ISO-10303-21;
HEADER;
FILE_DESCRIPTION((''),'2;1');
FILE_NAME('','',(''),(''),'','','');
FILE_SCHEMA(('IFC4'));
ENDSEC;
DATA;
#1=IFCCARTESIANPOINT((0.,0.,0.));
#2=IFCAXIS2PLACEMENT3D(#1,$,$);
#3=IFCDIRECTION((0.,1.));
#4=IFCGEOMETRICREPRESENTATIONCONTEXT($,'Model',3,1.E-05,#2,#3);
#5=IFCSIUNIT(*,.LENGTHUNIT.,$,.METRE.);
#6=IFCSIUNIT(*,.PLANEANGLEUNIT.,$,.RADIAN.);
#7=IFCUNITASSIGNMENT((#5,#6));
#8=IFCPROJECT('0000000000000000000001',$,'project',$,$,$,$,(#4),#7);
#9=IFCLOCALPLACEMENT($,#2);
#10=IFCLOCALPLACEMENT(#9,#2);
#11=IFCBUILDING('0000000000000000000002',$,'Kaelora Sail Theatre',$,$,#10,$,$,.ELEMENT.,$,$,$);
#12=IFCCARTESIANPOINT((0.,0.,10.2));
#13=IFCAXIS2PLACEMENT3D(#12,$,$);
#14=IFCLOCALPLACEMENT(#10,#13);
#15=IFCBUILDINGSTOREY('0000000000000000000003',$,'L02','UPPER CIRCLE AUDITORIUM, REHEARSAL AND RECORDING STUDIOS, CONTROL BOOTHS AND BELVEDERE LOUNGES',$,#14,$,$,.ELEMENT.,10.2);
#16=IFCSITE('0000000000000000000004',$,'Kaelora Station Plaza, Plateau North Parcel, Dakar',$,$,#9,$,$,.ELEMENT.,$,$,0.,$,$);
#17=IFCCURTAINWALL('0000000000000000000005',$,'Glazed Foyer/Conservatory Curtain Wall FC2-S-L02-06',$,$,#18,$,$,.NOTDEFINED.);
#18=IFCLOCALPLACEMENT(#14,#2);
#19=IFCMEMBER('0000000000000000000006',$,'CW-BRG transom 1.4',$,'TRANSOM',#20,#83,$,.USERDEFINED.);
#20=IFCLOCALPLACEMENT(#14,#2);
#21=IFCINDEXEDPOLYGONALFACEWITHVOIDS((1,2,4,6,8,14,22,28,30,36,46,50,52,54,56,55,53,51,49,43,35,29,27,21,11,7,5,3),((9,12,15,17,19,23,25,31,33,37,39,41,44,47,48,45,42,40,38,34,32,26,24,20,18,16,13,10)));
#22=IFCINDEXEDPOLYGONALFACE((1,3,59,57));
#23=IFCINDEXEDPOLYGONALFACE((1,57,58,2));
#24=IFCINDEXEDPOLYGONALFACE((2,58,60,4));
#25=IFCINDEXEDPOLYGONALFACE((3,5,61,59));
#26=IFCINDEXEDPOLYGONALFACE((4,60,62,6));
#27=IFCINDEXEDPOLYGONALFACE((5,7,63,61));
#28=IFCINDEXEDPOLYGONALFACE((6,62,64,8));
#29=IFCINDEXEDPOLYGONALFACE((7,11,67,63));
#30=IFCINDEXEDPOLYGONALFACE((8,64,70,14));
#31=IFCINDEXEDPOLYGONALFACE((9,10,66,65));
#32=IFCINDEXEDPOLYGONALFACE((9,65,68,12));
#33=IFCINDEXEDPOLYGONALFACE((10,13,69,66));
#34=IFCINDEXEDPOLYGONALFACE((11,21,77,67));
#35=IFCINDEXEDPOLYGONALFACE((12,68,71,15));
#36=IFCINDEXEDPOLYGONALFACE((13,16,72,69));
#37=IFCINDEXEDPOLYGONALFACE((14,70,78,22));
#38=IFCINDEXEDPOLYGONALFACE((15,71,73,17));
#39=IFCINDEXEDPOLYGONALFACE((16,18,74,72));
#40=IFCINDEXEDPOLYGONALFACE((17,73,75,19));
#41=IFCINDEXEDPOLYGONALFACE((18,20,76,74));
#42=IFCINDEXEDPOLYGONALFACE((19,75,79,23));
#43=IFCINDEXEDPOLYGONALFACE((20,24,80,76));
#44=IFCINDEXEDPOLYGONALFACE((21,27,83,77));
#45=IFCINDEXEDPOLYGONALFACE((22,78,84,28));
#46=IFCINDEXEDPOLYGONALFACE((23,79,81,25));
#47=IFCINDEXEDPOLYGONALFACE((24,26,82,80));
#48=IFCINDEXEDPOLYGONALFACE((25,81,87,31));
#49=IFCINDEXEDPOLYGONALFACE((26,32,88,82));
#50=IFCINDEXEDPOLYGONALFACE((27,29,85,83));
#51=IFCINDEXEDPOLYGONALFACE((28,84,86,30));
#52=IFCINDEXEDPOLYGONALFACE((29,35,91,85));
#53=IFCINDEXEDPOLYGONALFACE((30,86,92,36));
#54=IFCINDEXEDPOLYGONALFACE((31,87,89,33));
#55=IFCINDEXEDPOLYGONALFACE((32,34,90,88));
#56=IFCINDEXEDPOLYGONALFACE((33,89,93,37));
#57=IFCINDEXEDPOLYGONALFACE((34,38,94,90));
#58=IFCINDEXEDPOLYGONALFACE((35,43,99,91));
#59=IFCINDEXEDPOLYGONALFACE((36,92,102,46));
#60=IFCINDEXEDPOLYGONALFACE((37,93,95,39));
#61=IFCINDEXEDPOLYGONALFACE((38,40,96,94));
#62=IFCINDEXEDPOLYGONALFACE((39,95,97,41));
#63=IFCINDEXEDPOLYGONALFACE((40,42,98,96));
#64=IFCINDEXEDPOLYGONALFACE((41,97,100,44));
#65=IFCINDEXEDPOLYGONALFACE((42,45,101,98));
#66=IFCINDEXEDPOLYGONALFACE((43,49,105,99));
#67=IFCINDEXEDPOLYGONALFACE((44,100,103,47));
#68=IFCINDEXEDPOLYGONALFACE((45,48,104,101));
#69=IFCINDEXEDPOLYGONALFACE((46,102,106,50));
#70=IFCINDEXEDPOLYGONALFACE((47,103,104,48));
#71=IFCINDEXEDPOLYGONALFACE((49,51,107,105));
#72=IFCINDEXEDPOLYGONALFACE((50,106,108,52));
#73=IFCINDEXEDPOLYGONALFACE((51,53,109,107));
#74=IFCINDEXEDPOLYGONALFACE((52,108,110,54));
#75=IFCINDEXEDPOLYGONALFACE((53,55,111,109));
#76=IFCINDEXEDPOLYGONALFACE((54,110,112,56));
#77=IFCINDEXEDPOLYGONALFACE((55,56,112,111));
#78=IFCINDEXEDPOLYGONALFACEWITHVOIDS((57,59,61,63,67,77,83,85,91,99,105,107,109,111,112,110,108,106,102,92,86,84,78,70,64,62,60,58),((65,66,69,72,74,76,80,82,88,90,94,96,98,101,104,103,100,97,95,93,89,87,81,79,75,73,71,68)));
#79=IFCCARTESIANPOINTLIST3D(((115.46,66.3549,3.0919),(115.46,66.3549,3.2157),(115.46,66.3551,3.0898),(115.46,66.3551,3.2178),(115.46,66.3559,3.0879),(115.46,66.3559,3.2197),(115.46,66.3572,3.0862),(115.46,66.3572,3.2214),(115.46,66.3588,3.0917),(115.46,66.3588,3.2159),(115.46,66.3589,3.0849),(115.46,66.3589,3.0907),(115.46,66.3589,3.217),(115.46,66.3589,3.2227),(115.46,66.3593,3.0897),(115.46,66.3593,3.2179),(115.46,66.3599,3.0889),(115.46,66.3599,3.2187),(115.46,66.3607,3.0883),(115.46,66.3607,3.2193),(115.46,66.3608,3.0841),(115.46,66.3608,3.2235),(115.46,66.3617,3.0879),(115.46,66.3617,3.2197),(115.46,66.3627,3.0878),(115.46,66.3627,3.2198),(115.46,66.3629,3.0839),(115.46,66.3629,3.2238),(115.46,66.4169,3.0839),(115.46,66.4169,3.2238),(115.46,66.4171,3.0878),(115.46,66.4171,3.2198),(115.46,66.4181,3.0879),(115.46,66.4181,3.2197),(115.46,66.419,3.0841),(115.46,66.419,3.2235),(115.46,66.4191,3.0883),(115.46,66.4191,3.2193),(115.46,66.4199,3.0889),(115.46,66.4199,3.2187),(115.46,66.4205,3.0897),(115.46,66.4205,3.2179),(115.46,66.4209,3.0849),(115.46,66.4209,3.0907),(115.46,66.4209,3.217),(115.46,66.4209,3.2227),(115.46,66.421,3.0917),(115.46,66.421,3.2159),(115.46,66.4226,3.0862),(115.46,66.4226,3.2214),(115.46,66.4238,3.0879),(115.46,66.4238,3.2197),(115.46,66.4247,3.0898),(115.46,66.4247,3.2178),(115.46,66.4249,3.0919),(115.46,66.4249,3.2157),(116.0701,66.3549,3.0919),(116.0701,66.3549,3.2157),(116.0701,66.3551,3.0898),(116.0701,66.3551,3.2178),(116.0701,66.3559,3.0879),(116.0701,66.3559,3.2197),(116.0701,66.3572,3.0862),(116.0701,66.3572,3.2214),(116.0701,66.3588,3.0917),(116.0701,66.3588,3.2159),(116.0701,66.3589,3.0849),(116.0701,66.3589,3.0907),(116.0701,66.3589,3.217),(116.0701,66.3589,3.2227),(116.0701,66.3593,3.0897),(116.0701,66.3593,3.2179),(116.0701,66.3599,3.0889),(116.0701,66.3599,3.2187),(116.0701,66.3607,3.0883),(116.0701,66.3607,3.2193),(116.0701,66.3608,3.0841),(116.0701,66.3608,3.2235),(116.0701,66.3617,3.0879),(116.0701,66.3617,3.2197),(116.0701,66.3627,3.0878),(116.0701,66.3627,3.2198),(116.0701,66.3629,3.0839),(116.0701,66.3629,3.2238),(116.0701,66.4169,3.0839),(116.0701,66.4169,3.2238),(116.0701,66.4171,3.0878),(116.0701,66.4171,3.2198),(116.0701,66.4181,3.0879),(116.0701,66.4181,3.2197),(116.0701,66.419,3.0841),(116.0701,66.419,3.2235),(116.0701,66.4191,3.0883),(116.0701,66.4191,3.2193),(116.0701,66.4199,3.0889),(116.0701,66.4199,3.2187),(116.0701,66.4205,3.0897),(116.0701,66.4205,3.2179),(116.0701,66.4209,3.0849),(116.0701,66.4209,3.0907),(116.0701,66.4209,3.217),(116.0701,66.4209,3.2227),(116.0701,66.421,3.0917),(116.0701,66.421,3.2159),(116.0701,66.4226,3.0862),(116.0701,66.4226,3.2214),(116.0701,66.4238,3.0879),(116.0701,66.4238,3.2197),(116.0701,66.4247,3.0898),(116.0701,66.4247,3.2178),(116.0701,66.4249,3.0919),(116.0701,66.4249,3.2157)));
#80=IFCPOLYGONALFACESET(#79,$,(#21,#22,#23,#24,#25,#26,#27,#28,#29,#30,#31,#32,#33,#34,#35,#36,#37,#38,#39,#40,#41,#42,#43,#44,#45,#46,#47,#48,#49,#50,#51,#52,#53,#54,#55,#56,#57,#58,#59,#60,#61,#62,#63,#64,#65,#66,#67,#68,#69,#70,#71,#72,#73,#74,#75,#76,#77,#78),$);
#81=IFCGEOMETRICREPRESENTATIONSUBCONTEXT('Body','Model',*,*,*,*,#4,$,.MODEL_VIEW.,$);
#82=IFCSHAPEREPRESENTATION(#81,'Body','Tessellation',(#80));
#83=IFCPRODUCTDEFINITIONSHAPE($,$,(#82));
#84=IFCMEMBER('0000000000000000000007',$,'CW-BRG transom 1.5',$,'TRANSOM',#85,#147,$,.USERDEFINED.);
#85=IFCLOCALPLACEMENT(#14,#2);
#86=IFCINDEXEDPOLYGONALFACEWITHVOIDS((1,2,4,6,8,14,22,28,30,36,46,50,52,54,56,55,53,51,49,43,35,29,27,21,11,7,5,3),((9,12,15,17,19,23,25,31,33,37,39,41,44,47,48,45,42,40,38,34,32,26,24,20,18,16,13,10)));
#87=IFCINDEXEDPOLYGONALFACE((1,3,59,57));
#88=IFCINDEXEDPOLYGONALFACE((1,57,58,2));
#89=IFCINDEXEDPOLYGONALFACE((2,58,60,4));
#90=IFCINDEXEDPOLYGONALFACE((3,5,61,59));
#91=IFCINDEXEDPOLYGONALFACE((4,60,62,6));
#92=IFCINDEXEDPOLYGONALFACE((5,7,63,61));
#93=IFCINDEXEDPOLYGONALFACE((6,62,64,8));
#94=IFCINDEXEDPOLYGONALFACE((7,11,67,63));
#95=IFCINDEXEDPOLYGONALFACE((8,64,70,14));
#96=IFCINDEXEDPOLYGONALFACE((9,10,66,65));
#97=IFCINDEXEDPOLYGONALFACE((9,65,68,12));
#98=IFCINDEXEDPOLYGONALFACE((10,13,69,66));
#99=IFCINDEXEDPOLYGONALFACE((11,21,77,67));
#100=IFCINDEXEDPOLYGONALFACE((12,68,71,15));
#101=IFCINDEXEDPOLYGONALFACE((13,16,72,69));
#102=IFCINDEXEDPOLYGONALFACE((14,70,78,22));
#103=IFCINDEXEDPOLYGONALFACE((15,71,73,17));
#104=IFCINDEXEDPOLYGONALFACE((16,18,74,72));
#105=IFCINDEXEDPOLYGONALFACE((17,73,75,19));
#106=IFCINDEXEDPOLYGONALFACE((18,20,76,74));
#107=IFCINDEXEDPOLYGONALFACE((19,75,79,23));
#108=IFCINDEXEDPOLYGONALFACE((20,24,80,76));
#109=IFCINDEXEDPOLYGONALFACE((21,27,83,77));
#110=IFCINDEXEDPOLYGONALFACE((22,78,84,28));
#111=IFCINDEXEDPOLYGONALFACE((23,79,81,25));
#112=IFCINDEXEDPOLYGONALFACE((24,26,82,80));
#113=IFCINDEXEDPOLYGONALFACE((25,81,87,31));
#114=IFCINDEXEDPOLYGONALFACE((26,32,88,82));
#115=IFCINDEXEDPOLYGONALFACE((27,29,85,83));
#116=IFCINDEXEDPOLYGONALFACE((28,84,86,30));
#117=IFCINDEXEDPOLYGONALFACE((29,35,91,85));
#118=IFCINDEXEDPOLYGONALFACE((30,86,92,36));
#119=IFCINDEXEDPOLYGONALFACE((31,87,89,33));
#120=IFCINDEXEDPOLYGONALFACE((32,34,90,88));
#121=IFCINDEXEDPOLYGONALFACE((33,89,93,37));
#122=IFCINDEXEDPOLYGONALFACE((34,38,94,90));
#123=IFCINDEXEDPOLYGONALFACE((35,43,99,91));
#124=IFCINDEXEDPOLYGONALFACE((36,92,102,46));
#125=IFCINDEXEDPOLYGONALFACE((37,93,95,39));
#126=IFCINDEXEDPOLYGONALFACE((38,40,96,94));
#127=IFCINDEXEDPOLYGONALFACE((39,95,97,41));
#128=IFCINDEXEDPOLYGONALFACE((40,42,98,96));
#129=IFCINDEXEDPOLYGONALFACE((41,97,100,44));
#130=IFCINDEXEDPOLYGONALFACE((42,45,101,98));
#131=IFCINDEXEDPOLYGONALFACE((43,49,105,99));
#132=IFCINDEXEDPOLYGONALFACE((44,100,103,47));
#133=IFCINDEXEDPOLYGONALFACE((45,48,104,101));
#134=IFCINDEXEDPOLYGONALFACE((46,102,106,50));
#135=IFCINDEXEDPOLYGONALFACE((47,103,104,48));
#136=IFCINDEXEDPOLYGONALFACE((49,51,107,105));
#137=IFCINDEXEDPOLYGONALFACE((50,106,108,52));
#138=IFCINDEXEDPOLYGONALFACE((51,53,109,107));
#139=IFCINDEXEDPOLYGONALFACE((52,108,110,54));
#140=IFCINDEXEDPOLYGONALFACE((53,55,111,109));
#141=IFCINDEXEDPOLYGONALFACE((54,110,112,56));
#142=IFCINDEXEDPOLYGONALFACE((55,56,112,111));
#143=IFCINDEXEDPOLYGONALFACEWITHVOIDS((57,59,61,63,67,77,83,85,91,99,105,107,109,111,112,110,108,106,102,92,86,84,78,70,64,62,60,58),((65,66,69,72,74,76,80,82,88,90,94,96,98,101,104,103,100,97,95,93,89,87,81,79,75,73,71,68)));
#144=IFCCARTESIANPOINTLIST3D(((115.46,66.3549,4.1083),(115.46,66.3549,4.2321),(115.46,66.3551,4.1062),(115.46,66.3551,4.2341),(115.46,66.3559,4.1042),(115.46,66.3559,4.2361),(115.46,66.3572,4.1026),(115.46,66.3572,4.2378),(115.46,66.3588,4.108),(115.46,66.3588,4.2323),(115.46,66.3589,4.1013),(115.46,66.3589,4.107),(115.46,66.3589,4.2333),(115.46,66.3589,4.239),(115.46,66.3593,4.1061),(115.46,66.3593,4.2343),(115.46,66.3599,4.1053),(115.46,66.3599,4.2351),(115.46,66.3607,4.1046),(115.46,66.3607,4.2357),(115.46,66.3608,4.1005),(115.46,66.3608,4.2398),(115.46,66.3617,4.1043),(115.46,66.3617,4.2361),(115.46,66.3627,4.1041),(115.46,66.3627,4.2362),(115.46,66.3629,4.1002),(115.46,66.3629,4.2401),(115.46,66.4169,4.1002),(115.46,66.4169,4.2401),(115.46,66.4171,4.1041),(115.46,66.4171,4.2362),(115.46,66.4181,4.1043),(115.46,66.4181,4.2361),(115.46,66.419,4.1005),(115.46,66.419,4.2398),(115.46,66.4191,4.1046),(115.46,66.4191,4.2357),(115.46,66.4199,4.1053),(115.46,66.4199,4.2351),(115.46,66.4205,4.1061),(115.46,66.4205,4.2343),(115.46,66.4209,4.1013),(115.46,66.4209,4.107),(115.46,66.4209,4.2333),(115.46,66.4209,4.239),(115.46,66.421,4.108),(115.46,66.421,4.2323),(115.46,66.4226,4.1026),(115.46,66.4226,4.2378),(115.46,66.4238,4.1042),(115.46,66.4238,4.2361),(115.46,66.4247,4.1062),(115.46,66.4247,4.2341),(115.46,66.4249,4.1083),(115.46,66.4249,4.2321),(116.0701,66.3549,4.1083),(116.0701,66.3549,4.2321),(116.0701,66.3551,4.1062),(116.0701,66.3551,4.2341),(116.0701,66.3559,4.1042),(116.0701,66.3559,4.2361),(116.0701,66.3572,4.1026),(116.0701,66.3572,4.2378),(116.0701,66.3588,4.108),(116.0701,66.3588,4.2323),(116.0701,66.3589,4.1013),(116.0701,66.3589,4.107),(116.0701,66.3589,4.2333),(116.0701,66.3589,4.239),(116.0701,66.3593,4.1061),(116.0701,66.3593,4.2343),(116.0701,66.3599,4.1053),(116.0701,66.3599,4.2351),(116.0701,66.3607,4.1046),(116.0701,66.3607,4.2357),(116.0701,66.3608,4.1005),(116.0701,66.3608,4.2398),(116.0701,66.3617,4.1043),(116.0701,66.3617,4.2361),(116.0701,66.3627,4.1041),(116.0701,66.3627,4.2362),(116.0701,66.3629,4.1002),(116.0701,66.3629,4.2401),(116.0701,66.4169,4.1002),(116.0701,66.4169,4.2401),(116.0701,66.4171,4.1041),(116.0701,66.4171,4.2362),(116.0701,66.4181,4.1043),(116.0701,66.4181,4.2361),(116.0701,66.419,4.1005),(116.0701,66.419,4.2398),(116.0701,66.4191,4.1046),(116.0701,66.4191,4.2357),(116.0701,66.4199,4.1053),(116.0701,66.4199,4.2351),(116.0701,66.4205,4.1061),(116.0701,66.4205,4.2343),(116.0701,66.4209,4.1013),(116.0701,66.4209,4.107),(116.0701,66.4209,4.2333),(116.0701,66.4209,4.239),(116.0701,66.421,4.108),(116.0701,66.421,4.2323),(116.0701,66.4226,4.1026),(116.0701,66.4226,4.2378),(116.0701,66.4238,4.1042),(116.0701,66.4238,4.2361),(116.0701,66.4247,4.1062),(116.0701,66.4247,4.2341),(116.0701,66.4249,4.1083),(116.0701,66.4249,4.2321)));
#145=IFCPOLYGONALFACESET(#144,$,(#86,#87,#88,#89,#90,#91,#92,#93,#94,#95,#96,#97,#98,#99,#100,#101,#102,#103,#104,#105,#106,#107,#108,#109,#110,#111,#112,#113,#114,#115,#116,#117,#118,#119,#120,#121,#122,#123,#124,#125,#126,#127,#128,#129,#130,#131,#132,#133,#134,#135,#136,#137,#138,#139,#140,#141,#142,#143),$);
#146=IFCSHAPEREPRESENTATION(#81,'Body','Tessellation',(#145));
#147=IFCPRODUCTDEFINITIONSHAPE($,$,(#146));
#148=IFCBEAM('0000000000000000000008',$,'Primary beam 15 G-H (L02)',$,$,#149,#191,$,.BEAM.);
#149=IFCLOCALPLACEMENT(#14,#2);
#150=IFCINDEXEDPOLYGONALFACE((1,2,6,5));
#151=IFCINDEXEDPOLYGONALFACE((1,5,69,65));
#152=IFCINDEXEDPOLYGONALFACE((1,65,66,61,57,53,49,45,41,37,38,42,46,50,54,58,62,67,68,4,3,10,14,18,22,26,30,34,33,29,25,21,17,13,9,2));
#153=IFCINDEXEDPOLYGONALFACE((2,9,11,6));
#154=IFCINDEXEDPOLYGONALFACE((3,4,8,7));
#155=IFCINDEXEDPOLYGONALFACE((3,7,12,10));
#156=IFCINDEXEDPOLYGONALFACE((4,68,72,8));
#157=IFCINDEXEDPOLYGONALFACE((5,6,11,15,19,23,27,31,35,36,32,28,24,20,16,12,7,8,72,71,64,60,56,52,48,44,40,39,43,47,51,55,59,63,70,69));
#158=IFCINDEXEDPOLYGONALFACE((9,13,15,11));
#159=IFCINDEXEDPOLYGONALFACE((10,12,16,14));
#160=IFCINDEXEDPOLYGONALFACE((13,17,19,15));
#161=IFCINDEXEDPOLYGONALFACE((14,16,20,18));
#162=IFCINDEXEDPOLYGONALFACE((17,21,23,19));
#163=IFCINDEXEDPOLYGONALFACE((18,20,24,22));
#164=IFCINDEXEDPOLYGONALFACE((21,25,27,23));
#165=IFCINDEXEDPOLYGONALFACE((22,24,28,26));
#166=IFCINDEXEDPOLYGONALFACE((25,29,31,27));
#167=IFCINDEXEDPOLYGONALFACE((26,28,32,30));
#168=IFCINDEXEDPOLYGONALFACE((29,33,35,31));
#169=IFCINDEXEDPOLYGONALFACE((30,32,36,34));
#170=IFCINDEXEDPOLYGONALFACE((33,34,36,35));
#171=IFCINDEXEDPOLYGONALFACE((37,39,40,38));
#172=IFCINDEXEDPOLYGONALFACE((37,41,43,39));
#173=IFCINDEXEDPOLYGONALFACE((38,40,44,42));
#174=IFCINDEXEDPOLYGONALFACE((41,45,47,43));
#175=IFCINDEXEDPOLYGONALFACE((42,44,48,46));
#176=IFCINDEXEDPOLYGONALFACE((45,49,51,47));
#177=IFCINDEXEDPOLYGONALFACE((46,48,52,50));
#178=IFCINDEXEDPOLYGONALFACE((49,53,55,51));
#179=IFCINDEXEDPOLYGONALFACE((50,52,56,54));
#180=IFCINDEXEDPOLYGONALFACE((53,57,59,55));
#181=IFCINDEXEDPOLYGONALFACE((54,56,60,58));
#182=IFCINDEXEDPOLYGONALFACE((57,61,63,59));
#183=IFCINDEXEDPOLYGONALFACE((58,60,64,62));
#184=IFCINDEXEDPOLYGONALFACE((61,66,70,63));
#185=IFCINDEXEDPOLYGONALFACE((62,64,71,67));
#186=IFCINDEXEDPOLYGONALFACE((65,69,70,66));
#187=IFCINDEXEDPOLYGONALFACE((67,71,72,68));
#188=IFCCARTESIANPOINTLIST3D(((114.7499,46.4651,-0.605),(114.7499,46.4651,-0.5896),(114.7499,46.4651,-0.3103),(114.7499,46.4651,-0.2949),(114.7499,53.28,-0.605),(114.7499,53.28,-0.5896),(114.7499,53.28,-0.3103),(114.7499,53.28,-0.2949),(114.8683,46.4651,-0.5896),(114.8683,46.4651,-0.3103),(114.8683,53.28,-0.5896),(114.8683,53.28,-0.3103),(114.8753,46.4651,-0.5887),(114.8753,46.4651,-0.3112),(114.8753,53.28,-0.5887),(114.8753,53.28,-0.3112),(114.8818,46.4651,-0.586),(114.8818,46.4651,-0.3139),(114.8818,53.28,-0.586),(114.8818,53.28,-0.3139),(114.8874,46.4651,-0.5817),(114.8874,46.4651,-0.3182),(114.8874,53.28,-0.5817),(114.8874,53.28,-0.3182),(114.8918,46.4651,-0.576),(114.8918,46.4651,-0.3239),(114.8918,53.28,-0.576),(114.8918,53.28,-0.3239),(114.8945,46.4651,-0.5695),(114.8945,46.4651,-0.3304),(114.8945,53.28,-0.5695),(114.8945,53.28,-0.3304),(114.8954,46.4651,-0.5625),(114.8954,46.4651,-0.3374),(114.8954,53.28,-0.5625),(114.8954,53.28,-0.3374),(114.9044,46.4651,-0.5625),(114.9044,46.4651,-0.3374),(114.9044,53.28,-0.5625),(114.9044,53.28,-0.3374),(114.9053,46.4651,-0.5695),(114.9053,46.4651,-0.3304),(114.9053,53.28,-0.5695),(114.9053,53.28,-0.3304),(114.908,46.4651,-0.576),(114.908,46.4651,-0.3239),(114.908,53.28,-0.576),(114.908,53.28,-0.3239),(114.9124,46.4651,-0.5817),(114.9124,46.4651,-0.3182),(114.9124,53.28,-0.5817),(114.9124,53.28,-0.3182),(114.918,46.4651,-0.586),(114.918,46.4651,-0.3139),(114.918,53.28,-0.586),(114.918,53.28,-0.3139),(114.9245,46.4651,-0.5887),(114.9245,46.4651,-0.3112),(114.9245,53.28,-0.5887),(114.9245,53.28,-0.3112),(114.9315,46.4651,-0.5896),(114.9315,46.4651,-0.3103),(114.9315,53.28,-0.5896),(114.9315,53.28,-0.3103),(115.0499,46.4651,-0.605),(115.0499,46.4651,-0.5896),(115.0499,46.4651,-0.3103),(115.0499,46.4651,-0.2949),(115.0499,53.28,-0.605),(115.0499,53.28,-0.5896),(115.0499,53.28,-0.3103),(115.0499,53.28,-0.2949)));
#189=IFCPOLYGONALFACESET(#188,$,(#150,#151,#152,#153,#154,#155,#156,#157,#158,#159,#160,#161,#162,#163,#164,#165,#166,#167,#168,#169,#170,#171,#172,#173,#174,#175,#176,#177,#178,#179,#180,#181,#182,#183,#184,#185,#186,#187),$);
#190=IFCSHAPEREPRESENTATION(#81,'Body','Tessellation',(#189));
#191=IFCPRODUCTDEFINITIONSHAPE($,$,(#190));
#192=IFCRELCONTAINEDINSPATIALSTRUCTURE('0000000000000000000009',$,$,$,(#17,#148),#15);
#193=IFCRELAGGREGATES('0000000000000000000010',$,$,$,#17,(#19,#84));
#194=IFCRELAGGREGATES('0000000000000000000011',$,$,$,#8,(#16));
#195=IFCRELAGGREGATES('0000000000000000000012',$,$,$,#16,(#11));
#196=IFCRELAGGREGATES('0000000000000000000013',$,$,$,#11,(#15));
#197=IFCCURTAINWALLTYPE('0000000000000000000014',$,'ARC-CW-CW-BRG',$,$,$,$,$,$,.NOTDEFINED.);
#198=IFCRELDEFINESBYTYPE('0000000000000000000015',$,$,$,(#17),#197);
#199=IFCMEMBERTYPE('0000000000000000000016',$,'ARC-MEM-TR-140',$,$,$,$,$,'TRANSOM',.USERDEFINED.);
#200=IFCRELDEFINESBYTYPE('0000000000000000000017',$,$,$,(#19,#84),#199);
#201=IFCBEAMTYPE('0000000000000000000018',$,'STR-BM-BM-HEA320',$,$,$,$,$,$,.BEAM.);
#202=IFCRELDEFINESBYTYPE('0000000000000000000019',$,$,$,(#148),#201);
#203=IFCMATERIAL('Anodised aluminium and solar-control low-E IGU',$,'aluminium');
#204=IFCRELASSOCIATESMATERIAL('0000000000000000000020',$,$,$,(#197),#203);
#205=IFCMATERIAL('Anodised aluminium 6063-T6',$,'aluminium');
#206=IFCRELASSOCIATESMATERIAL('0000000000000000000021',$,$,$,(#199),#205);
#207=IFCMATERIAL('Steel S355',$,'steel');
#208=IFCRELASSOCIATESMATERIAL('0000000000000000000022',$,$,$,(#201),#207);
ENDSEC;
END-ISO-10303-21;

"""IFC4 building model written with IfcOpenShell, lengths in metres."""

from ifc_helpers import new_model, si_unit, direction, frame, origin, origin_2d, place, context, subcontext, project, spatial, hollow_rectangle, i_section, extrude, material, material_profile, profile_set, type_object, element, aggregate, save


model = new_model("IFC4")

# Units and contexts
model_context = context("Model", 3, precision=1e-05, world=origin(), true_north=direction((0.0, 1.0)))
body_context = subcontext(model_context, "Body", "Model", "MODEL_VIEW")
ifc_project = project(units=[si_unit("LENGTHUNIT", "METRE"), si_unit("PLANEANGLEUNIT", "RADIAN")], contexts=[model_context])

# Site, building, storey
site_placement = place(None, origin())
site = spatial("IfcSite", under=ifc_project, at=site_placement, Name="Kaelora Station Plaza, Plateau North Parcel, Dakar", CompositionType="ELEMENT", RefElevation=0.0)
building_placement = place(site_placement, origin())
building = spatial("IfcBuilding", under=site, at=building_placement, Name="Kaelora Sail Theatre", CompositionType="ELEMENT")
storey_placement = place(building_placement, frame((0.0, 0.0, 10.2)))
storey = spatial("IfcBuildingStorey", under=building, at=storey_placement, Name="L02", Description="UPPER CIRCLE AUDITORIUM, REHEARSAL AND RECORDING STUDIOS, CONTROL BOOTHS AND BELVEDERE LOUNGES", CompositionType="ELEMENT", Elevation=10.2)

# Curtain wall
ifc_material_1 = material(Name="Anodised aluminium and solar-control low-E IGU", Category="aluminium")
curtain_wall_type = type_object("IfcCurtainWallType", Name="ARC-CW-CW-BRG", PredefinedType="NOTDEFINED", material=ifc_material_1)
curtain_wall_1_placement = place(storey_placement, origin())
curtain_wall_1 = element("IfcCurtainWall", 1, at=curtain_wall_1_placement, inside=storey, type_object=curtain_wall_type, Name="Glazed Foyer/Conservatory Curtain Wall FC2-S-L02-06", PredefinedType="NOTDEFINED")

# Members
ifc_material_2 = material(Name="Anodised aluminium 6063-T6", Category="aluminium")
ifc_material_profile_1 = material_profile(ifc_material_2, hollow_rectangle(XDim=0.0701, YDim=0.1399, WallThickness=0.0039, InnerFilletRadius=0.0039, OuterFilletRadius=0.0081, at=origin_2d()), Name="ALU-TRAN 70x140x4")
ifc_profile_set_1 = profile_set([ifc_material_profile_1], Name="Anodised aluminium 6063-T6")
member_type_1 = type_object("IfcMemberType", Name="ARC-MEM-TR-140", ElementType="TRANSOM", PredefinedType="USERDEFINED", material=ifc_profile_set_1)
member_1_placement = place(storey_placement, frame((115.46, 66.3899, 3.1538), z_axis=(1.0, 0.0, 0.0), x_axis=(0.0, 1.0, 0.0)))
member_1 = element("IfcMember", 2, at=member_1_placement, type_object=member_type_1, Name="CW-BRG transom 1.4", ObjectType="TRANSOM", PredefinedType="USERDEFINED", context=body_context, shape_type="SweptSolid", body=[
    extrude(hollow_rectangle(XDim=0.0701, YDim=0.1399, WallThickness=0.0039, InnerFilletRadius=0.0039, OuterFilletRadius=0.0081, at=origin_2d()), origin(), (0.0, 0.0, 1.0), 0.6101),
])
member_2_placement = place(storey_placement, frame((115.46, 66.3899, 4.1702), z_axis=(1.0, 0.0, 0.0), x_axis=(0.0, 1.0, 0.0)))
member_2 = element("IfcMember", 3, at=member_2_placement, type_object=member_type_1, Name="CW-BRG transom 1.5", ObjectType="TRANSOM", PredefinedType="USERDEFINED", context=body_context, shape_type="SweptSolid", body=[
    extrude(hollow_rectangle(XDim=0.0701, YDim=0.1399, WallThickness=0.0039, InnerFilletRadius=0.0039, OuterFilletRadius=0.0081, at=origin_2d()), origin(), (0.0, 0.0, 1.0), 0.6101),
])

# Beam
ifc_material_3 = material(Name="Steel S355", Category="steel")
ifc_material_profile_2 = material_profile(ifc_material_3, i_section(OverallWidth=0.3, OverallDepth=0.3101, WebThickness=0.009, FlangeThickness=0.0154, FilletRadius=0.0271, at=origin_2d()), Name="HEA 320")
ifc_profile_set_2 = profile_set([ifc_material_profile_2], Name="Steel S355")
beam_type_1 = type_object("IfcBeamType", Name="STR-BM-BM-HEA320", PredefinedType="BEAM", material=ifc_profile_set_2)
beam_1_placement = place(storey_placement, frame((114.8999, 46.4651, -0.45), z_axis=(0.0, 1.0, 0.0), x_axis=(-1.0, 0.0, 0.0)))
element("IfcBeam", 4, at=beam_1_placement, inside=storey, type_object=beam_type_1, Name="Primary beam 15 G-H (L02)", PredefinedType="BEAM", context=body_context, shape_type="SweptSolid", body=[
    extrude(i_section(OverallWidth=0.3, OverallDepth=0.3101, WebThickness=0.009, FlangeThickness=0.0154, FilletRadius=0.0271, at=origin_2d()), origin(), (0.0, 0.0, 1.0), 6.8149),
])

aggregate(curtain_wall_1, [member_1, member_2])

save(model, "model.ifc")
